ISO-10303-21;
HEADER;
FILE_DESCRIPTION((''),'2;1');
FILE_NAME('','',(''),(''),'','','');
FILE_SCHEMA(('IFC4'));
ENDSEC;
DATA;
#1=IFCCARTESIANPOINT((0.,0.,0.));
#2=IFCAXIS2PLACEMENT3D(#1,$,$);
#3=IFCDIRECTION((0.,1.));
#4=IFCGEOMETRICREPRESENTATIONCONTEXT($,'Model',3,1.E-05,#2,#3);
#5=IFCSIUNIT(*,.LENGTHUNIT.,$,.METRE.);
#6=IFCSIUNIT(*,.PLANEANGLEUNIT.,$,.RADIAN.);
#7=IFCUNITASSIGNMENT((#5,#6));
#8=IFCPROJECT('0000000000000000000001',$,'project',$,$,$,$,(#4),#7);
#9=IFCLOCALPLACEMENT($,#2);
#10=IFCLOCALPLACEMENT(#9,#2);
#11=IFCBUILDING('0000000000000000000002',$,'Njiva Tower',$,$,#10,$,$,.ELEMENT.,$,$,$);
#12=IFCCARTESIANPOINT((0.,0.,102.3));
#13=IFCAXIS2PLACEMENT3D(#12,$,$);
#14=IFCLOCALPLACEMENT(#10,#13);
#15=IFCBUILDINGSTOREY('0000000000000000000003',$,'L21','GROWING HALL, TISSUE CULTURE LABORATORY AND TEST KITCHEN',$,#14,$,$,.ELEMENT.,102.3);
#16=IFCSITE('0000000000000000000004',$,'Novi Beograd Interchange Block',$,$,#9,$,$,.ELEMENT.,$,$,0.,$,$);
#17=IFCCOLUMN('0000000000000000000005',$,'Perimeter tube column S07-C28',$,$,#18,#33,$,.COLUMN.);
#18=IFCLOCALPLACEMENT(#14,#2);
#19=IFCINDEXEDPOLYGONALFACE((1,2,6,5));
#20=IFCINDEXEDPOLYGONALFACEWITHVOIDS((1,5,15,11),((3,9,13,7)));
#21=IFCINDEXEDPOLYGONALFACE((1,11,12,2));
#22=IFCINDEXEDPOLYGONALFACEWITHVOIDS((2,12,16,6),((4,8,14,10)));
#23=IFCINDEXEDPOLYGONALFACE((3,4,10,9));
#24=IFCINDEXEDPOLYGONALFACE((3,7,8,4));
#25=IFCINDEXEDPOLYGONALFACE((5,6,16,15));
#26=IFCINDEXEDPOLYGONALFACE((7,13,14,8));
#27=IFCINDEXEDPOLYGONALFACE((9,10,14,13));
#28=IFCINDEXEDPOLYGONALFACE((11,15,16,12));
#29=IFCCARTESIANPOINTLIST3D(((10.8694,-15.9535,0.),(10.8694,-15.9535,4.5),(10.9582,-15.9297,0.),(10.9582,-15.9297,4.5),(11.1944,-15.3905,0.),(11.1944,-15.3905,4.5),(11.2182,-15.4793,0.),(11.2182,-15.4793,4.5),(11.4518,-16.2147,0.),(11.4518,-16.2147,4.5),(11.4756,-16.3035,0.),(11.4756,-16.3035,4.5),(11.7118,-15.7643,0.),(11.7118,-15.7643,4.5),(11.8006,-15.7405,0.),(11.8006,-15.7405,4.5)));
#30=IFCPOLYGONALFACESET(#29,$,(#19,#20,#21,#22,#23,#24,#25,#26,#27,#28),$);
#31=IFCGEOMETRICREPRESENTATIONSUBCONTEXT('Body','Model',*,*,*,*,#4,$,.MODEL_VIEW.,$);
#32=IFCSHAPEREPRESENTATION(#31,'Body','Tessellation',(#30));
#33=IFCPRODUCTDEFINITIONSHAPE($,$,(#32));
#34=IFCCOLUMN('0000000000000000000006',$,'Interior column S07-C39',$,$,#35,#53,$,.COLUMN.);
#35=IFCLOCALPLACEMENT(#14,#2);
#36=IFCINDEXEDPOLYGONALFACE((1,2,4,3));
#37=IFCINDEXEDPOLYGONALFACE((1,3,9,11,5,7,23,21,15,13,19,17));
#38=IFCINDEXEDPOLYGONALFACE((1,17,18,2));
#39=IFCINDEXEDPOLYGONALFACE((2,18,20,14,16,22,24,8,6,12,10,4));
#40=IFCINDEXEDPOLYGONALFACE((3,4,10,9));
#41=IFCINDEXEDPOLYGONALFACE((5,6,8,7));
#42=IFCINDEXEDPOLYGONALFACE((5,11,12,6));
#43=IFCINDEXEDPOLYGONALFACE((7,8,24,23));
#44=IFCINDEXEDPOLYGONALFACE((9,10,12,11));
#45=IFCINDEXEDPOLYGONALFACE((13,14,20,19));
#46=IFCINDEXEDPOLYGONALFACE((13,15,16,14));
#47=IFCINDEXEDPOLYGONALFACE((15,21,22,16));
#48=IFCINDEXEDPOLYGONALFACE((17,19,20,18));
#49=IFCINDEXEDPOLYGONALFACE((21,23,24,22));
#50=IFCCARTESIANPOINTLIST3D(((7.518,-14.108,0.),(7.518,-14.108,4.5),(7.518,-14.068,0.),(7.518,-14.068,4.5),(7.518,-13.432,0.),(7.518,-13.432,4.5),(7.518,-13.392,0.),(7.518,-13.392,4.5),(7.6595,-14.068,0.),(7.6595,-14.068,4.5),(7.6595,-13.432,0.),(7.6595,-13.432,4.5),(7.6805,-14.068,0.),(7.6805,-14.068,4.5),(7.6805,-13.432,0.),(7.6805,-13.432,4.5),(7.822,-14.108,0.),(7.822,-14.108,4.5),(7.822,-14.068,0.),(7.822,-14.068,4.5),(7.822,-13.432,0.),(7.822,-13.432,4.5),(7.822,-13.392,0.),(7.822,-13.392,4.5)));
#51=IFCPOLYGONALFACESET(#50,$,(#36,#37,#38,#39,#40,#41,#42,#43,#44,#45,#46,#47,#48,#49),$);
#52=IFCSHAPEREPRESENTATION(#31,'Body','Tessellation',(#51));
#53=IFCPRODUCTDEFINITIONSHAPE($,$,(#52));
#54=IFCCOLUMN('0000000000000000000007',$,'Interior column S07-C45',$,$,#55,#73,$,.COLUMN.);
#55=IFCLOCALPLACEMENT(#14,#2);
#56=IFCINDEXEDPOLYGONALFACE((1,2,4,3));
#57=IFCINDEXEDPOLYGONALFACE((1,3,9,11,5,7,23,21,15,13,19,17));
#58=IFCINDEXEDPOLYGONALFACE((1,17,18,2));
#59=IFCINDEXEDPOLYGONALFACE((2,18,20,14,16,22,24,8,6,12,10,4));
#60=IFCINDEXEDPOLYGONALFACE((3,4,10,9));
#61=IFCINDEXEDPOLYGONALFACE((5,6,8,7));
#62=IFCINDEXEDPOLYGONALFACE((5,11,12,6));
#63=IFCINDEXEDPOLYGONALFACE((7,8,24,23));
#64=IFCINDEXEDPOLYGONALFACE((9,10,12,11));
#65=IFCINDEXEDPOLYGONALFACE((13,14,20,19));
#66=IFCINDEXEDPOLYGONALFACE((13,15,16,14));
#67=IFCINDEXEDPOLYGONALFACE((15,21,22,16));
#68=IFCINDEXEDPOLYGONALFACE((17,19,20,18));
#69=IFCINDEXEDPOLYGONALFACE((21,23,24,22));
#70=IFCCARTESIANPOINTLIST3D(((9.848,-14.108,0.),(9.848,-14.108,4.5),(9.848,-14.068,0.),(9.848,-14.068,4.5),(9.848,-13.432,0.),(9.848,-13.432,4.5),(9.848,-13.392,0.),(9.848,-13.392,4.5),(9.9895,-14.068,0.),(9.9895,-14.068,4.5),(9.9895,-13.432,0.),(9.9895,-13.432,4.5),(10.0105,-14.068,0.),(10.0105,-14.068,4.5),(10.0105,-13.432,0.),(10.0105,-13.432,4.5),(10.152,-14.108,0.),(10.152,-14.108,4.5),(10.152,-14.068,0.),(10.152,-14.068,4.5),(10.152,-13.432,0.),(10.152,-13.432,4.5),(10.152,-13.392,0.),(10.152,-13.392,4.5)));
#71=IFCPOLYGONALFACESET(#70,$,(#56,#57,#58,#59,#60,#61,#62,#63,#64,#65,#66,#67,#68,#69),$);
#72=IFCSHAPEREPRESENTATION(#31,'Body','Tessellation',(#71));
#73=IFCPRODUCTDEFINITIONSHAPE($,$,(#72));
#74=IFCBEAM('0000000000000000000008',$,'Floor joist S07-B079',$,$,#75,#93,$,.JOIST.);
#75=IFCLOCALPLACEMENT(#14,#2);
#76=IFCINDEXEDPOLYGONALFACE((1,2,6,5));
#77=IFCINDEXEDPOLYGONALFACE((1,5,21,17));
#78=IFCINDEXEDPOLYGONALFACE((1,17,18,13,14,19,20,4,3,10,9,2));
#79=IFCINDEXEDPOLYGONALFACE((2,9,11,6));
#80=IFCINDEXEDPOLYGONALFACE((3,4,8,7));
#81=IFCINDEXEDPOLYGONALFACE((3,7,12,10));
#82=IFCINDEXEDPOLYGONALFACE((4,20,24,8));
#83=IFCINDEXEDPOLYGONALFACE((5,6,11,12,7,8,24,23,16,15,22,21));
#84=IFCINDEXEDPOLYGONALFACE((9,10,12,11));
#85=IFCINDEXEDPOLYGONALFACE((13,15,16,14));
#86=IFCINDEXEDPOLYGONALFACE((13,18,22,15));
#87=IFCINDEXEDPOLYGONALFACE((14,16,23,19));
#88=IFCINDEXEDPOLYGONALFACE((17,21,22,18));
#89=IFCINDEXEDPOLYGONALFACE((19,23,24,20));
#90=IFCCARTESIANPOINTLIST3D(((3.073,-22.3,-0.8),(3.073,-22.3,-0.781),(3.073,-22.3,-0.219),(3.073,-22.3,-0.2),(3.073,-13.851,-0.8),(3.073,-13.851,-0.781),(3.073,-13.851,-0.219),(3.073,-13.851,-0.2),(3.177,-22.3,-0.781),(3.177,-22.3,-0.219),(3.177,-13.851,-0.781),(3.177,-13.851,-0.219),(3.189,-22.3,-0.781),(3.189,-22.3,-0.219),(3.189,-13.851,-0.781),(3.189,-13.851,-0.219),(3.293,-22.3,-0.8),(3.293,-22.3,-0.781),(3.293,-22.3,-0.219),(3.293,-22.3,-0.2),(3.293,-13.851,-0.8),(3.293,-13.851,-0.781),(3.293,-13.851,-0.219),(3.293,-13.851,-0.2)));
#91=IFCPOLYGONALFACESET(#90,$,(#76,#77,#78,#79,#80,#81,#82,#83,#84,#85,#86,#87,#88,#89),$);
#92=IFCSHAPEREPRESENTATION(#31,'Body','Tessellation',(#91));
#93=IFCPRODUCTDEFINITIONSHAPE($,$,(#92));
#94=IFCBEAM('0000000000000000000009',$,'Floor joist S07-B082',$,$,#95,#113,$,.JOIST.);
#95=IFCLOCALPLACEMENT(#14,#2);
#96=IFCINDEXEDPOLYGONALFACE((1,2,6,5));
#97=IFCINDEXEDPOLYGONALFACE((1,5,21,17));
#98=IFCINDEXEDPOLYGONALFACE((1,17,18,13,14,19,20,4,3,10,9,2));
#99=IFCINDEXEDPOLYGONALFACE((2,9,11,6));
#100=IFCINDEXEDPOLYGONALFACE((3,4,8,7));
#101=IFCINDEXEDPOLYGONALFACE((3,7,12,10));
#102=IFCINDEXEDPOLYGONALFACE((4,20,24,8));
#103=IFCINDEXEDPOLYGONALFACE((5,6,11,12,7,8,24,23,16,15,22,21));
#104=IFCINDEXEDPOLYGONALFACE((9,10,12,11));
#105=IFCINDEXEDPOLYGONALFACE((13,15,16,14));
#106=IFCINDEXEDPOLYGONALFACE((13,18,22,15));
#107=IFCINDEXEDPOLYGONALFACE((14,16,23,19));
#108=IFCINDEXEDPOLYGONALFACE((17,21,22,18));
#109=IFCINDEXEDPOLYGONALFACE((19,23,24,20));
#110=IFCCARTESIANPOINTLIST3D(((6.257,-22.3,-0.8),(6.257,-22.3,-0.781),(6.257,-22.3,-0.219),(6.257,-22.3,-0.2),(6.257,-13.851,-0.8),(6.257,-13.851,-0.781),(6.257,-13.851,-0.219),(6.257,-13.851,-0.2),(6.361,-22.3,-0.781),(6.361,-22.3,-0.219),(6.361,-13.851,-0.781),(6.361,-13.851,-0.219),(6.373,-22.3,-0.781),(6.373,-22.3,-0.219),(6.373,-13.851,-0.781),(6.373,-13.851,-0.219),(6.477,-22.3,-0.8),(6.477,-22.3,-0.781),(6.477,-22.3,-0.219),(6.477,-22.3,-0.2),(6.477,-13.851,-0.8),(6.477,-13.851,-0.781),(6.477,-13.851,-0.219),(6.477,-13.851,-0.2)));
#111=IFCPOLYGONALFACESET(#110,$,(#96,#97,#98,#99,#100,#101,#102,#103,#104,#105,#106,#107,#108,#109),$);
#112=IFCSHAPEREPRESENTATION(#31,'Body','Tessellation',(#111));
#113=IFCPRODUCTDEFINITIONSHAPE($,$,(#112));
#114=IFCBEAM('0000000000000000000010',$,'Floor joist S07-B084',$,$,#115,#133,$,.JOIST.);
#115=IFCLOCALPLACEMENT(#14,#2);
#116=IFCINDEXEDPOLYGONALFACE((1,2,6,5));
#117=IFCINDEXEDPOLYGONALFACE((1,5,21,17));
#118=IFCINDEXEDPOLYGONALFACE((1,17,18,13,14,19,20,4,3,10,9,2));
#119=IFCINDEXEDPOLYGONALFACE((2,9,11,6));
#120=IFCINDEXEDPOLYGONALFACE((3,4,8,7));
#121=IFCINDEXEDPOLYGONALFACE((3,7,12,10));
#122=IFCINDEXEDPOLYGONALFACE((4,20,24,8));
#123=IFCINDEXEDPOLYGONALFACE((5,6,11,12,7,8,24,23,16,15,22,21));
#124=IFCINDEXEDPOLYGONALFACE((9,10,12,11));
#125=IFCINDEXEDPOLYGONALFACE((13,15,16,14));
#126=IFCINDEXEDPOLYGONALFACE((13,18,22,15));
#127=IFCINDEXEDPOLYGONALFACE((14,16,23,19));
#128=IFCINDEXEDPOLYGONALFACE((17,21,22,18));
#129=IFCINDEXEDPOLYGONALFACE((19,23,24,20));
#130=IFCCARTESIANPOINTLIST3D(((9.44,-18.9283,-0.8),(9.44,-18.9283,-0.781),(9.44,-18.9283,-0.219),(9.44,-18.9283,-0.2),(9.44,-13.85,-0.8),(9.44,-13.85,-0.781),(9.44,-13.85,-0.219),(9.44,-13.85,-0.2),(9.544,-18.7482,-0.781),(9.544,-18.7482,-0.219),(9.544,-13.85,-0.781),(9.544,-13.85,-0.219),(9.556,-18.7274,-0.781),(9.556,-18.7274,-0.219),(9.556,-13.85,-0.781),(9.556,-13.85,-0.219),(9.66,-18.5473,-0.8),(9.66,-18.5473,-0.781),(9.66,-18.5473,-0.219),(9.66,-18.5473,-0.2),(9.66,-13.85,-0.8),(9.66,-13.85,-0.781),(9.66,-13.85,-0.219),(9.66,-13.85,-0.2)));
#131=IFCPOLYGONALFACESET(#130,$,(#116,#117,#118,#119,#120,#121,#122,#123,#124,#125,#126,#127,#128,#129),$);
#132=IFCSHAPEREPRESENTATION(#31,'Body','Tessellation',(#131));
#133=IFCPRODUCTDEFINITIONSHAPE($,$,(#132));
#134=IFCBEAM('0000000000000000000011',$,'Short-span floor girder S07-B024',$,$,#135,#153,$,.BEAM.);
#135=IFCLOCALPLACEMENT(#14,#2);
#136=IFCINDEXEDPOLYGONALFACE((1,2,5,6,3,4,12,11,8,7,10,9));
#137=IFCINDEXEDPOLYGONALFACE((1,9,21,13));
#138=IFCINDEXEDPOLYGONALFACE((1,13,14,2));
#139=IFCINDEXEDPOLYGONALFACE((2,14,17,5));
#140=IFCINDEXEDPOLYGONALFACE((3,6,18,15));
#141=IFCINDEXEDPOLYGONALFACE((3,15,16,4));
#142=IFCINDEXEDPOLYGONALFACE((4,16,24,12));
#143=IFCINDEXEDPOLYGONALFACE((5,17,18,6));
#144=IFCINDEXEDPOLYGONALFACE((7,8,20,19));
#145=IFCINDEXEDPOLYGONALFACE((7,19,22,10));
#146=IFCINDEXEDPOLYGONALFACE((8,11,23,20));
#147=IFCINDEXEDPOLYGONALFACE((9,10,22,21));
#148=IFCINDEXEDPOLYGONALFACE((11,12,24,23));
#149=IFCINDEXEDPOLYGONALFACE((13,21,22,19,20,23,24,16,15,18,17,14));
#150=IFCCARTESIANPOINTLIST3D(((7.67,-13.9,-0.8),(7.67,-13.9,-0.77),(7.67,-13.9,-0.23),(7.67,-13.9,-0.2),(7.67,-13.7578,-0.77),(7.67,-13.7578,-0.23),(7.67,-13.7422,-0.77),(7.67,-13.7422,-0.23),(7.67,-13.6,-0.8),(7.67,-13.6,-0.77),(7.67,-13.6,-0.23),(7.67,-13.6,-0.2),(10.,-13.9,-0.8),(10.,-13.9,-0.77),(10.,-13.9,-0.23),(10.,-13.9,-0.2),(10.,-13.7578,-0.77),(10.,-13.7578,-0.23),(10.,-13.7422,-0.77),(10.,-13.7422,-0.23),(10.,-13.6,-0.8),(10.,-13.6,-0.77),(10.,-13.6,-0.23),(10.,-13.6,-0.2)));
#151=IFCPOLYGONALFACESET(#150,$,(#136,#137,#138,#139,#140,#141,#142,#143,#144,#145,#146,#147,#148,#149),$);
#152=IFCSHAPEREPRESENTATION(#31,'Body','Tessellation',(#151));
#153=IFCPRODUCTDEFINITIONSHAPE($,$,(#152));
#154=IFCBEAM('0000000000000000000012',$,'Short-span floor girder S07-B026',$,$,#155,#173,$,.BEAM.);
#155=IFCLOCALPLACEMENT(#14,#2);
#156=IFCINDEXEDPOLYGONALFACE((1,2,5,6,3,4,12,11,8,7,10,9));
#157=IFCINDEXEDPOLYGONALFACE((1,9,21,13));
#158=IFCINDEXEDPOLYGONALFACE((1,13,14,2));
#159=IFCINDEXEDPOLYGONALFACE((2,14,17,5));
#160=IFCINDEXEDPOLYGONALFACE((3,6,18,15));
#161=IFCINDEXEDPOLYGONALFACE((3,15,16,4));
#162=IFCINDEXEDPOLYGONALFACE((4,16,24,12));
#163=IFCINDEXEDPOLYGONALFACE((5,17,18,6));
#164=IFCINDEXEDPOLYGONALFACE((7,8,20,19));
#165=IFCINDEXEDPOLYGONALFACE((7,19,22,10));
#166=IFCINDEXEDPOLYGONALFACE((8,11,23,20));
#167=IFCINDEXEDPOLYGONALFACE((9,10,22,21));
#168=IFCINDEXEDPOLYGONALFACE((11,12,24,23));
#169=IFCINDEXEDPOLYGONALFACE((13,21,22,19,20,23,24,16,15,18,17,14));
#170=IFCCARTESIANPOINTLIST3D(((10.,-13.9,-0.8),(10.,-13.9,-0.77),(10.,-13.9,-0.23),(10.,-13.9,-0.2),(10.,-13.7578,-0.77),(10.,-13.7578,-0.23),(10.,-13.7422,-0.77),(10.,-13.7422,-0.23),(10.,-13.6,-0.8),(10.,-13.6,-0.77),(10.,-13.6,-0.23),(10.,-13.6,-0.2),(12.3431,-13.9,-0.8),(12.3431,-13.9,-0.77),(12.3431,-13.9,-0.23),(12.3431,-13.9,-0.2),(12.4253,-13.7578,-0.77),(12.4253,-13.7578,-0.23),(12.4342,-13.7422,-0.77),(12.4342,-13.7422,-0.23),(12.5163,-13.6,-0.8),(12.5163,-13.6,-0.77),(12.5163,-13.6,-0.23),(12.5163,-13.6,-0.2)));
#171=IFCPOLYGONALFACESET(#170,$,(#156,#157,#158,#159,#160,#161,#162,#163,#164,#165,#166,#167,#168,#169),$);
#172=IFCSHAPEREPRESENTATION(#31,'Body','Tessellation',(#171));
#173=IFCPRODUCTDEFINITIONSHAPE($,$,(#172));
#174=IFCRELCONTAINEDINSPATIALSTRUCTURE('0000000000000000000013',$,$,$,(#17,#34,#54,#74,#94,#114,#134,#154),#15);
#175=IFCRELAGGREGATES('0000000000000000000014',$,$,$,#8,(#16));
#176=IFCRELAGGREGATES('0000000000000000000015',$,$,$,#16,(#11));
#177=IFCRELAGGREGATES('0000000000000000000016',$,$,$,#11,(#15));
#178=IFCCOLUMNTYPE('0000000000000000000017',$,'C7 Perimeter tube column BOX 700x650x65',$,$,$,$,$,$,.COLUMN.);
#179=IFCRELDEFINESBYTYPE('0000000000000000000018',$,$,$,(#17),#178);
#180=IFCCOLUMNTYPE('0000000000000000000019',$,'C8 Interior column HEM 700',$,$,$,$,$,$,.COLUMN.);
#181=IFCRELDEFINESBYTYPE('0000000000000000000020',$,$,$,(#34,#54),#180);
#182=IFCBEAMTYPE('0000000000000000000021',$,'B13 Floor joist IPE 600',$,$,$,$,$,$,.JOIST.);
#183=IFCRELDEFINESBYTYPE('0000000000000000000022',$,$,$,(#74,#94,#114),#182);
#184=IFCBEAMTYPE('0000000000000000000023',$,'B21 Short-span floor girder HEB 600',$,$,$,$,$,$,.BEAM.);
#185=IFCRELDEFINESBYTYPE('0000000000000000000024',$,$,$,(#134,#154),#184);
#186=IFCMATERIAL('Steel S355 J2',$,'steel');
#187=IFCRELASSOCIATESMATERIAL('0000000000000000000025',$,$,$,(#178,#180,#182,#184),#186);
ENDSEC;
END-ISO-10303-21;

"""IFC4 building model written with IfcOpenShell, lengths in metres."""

from ifc_helpers import new_model, si_unit, direction, frame, origin, origin_2d, place, context, subcontext, project, spatial, hollow_rectangle, i_section, extrude, clip, halfspace, material, material_profile, profile_set, type_object, element, save


model = new_model("IFC4")

# Units and contexts
model_context = context("Model", 3, precision=1e-05, world=origin(), true_north=direction((0.0, 1.0)))
body_context = subcontext(model_context, "Body", "Model", "MODEL_VIEW")
ifc_project = project(units=[si_unit("LENGTHUNIT", "METRE"), si_unit("PLANEANGLEUNIT", "RADIAN")], contexts=[model_context])

# Site, building, storey
site_placement = place(None, origin())
site = spatial("IfcSite", under=ifc_project, at=site_placement, Name="Novi Beograd Interchange Block", CompositionType="ELEMENT", RefElevation=0.0)
building_placement = place(site_placement, origin())
building = spatial("IfcBuilding", under=site, at=building_placement, Name="Njiva Tower", CompositionType="ELEMENT")
storey_placement = place(building_placement, frame((0.0, 0.0, 102.3)))
storey = spatial("IfcBuildingStorey", under=building, at=storey_placement, Name="L21", Description="GROWING HALL, TISSUE CULTURE LABORATORY AND TEST KITCHEN", CompositionType="ELEMENT", Elevation=102.3)

# Columns
ifc_material_1 = material(Name="Steel S355 J2", Category="steel")
ifc_material_profile_1 = material_profile(ifc_material_1, hollow_rectangle(XDim=0.65, YDim=0.7, WallThickness=0.065, at=origin_2d()), Name="BOX 700x650x65")
ifc_profile_set_1 = profile_set([ifc_material_profile_1], Name="Steel S355 J2")
column_type_1 = type_object("IfcColumnType", Name="C7 Perimeter tube column BOX 700x650x65", PredefinedType="COLUMN", material=ifc_profile_set_1)
column_placement = place(storey_placement, frame((11.335, -15.847, 0.0), z_axis=(0.0, 0.0, 1.0), x_axis=(0.5, 0.866025, 0.0)))
element("IfcColumn", 1, at=column_placement, inside=storey, type_object=column_type_1, Name="Perimeter tube column S07-C28", PredefinedType="COLUMN", context=body_context, shape_type="SweptSolid", body=[
    extrude(hollow_rectangle(XDim=0.65, YDim=0.7, WallThickness=0.065, at=origin_2d()), origin(), (0.0, 0.0, 1.0), 4.5),
])
ifc_material_profile_2 = material_profile(ifc_material_1, i_section(OverallWidth=0.304, OverallDepth=0.716, WebThickness=0.021, FlangeThickness=0.04, at=origin_2d()), Name="HEM 700")
ifc_profile_set_2 = profile_set([ifc_material_profile_2], Name="Steel S355 J2")
column_type_2 = type_object("IfcColumnType", Name="C8 Interior column HEM 700", PredefinedType="COLUMN", material=ifc_profile_set_2)
for number, where, z_axis, x_axis, name in (
    (2, (7.67, -13.75, 0.0), (0.0, 0.0, 1.0), (1.0, 0.0, 0.0), "Interior column S07-C39"),
    (3, (10.0, -13.75, 0.0), (0.0, 0.0, 1.0), (1.0, 0.0, 0.0), "Interior column S07-C45"),
):
    element("IfcColumn", number, at=place(storey_placement, frame(where, z_axis=z_axis, x_axis=x_axis)), inside=storey, type_object=column_type_2, Name=name, PredefinedType="COLUMN", context=body_context, shape_type="SweptSolid", body=[
        extrude(i_section(OverallWidth=0.304, OverallDepth=0.716, WebThickness=0.021, FlangeThickness=0.04, at=origin_2d()), origin(), (0.0, 0.0, 1.0), 4.5),
    ])

# Beams
ifc_material_profile_3 = material_profile(ifc_material_1, i_section(OverallWidth=0.22, OverallDepth=0.6, WebThickness=0.012, FlangeThickness=0.019, at=origin_2d()), Name="IPE 600")
ifc_profile_set_3 = profile_set([ifc_material_profile_3], Name="Steel S355 J2")
beam_type_1 = type_object("IfcBeamType", Name="B13 Floor joist IPE 600", PredefinedType="JOIST", material=ifc_profile_set_3)
for number, where, z_axis, x_axis, name in (
    (4, (3.183, -13.851, -0.5), (0.0, -1.0, 0.0), (1.0, 0.0, 0.0), "Floor joist S07-B079"),
    (5, (6.367, -13.851, -0.5), (0.0, -1.0, 0.0), (1.0, 0.0, 0.0), "Floor joist S07-B082"),
):
    element("IfcBeam", number, at=place(storey_placement, frame(where, z_axis=z_axis, x_axis=x_axis)), inside=storey, type_object=beam_type_1, Name=name, PredefinedType="JOIST", context=body_context, shape_type="SweptSolid", body=[
        extrude(i_section(OverallWidth=0.22, OverallDepth=0.6, WebThickness=0.012, FlangeThickness=0.019, at=origin_2d()), origin(), (0.0, 0.0, 1.0), 8.449),
    ])
beam_1_placement = place(storey_placement, frame((9.55, -13.85, -0.5), z_axis=(0.0, -1.0, 0.0), x_axis=(1.0, 0.0, 0.0)))
element("IfcBeam", 6, at=beam_1_placement, inside=storey, type_object=beam_type_1, Name="Floor joist S07-B084", PredefinedType="JOIST", context=body_context, shape_type="Clipping", body=[
    clip(extrude(i_section(OverallWidth=0.22, OverallDepth=0.6, WebThickness=0.012, FlangeThickness=0.019, at=origin_2d()), origin(), (0.0, 0.0, 1.0), 5.099), halfspace(frame((0.0433, 0.0, 4.8128), z_axis=(0.866027, 0.0, 0.499998), x_axis=(0.0, 1.0, 0.0)), False)),
])
ifc_material_profile_4 = material_profile(ifc_material_1, i_section(OverallWidth=0.3, OverallDepth=0.6, WebThickness=0.0155, FlangeThickness=0.03, at=origin_2d()), Name="HEB 600")
ifc_profile_set_4 = profile_set([ifc_material_profile_4], Name="Steel S355 J2")
beam_type_2 = type_object("IfcBeamType", Name="B21 Short-span floor girder HEB 600", PredefinedType="BEAM", material=ifc_profile_set_4)
beam_2_placement = place(storey_placement, frame((7.67, -13.75, -0.5), z_axis=(1.0, 0.0, 0.0), x_axis=(0.0, 1.0, 0.0)))
element("IfcBeam", 7, at=beam_2_placement, inside=storey, type_object=beam_type_2, Name="Short-span floor girder S07-B024", PredefinedType="BEAM", context=body_context, shape_type="SweptSolid", body=[
    extrude(i_section(OverallWidth=0.3, OverallDepth=0.6, WebThickness=0.0155, FlangeThickness=0.03, at=origin_2d()), origin(), (0.0, 0.0, 1.0), 2.33),
])
beam_3_placement = place(storey_placement, frame((10.0, -13.75, -0.5), z_axis=(1.0, 0.0, 0.0), x_axis=(0.0, 1.0, 0.0)))
element("IfcBeam", 8, at=beam_3_placement, inside=storey, type_object=beam_type_2, Name="Short-span floor girder S07-B026", PredefinedType="BEAM", context=body_context, shape_type="Clipping", body=[
    clip(extrude(i_section(OverallWidth=0.3, OverallDepth=0.6, WebThickness=0.0155, FlangeThickness=0.03, at=origin_2d()), origin(), (0.0, 0.0, 1.0), 2.537), halfspace(frame((-0.025, 0.0, 2.4153), z_axis=(-0.499998, 0.0, 0.866027), x_axis=(0.0, 1.0, 0.0)), False)),
])

save(model, "model.ifc")
